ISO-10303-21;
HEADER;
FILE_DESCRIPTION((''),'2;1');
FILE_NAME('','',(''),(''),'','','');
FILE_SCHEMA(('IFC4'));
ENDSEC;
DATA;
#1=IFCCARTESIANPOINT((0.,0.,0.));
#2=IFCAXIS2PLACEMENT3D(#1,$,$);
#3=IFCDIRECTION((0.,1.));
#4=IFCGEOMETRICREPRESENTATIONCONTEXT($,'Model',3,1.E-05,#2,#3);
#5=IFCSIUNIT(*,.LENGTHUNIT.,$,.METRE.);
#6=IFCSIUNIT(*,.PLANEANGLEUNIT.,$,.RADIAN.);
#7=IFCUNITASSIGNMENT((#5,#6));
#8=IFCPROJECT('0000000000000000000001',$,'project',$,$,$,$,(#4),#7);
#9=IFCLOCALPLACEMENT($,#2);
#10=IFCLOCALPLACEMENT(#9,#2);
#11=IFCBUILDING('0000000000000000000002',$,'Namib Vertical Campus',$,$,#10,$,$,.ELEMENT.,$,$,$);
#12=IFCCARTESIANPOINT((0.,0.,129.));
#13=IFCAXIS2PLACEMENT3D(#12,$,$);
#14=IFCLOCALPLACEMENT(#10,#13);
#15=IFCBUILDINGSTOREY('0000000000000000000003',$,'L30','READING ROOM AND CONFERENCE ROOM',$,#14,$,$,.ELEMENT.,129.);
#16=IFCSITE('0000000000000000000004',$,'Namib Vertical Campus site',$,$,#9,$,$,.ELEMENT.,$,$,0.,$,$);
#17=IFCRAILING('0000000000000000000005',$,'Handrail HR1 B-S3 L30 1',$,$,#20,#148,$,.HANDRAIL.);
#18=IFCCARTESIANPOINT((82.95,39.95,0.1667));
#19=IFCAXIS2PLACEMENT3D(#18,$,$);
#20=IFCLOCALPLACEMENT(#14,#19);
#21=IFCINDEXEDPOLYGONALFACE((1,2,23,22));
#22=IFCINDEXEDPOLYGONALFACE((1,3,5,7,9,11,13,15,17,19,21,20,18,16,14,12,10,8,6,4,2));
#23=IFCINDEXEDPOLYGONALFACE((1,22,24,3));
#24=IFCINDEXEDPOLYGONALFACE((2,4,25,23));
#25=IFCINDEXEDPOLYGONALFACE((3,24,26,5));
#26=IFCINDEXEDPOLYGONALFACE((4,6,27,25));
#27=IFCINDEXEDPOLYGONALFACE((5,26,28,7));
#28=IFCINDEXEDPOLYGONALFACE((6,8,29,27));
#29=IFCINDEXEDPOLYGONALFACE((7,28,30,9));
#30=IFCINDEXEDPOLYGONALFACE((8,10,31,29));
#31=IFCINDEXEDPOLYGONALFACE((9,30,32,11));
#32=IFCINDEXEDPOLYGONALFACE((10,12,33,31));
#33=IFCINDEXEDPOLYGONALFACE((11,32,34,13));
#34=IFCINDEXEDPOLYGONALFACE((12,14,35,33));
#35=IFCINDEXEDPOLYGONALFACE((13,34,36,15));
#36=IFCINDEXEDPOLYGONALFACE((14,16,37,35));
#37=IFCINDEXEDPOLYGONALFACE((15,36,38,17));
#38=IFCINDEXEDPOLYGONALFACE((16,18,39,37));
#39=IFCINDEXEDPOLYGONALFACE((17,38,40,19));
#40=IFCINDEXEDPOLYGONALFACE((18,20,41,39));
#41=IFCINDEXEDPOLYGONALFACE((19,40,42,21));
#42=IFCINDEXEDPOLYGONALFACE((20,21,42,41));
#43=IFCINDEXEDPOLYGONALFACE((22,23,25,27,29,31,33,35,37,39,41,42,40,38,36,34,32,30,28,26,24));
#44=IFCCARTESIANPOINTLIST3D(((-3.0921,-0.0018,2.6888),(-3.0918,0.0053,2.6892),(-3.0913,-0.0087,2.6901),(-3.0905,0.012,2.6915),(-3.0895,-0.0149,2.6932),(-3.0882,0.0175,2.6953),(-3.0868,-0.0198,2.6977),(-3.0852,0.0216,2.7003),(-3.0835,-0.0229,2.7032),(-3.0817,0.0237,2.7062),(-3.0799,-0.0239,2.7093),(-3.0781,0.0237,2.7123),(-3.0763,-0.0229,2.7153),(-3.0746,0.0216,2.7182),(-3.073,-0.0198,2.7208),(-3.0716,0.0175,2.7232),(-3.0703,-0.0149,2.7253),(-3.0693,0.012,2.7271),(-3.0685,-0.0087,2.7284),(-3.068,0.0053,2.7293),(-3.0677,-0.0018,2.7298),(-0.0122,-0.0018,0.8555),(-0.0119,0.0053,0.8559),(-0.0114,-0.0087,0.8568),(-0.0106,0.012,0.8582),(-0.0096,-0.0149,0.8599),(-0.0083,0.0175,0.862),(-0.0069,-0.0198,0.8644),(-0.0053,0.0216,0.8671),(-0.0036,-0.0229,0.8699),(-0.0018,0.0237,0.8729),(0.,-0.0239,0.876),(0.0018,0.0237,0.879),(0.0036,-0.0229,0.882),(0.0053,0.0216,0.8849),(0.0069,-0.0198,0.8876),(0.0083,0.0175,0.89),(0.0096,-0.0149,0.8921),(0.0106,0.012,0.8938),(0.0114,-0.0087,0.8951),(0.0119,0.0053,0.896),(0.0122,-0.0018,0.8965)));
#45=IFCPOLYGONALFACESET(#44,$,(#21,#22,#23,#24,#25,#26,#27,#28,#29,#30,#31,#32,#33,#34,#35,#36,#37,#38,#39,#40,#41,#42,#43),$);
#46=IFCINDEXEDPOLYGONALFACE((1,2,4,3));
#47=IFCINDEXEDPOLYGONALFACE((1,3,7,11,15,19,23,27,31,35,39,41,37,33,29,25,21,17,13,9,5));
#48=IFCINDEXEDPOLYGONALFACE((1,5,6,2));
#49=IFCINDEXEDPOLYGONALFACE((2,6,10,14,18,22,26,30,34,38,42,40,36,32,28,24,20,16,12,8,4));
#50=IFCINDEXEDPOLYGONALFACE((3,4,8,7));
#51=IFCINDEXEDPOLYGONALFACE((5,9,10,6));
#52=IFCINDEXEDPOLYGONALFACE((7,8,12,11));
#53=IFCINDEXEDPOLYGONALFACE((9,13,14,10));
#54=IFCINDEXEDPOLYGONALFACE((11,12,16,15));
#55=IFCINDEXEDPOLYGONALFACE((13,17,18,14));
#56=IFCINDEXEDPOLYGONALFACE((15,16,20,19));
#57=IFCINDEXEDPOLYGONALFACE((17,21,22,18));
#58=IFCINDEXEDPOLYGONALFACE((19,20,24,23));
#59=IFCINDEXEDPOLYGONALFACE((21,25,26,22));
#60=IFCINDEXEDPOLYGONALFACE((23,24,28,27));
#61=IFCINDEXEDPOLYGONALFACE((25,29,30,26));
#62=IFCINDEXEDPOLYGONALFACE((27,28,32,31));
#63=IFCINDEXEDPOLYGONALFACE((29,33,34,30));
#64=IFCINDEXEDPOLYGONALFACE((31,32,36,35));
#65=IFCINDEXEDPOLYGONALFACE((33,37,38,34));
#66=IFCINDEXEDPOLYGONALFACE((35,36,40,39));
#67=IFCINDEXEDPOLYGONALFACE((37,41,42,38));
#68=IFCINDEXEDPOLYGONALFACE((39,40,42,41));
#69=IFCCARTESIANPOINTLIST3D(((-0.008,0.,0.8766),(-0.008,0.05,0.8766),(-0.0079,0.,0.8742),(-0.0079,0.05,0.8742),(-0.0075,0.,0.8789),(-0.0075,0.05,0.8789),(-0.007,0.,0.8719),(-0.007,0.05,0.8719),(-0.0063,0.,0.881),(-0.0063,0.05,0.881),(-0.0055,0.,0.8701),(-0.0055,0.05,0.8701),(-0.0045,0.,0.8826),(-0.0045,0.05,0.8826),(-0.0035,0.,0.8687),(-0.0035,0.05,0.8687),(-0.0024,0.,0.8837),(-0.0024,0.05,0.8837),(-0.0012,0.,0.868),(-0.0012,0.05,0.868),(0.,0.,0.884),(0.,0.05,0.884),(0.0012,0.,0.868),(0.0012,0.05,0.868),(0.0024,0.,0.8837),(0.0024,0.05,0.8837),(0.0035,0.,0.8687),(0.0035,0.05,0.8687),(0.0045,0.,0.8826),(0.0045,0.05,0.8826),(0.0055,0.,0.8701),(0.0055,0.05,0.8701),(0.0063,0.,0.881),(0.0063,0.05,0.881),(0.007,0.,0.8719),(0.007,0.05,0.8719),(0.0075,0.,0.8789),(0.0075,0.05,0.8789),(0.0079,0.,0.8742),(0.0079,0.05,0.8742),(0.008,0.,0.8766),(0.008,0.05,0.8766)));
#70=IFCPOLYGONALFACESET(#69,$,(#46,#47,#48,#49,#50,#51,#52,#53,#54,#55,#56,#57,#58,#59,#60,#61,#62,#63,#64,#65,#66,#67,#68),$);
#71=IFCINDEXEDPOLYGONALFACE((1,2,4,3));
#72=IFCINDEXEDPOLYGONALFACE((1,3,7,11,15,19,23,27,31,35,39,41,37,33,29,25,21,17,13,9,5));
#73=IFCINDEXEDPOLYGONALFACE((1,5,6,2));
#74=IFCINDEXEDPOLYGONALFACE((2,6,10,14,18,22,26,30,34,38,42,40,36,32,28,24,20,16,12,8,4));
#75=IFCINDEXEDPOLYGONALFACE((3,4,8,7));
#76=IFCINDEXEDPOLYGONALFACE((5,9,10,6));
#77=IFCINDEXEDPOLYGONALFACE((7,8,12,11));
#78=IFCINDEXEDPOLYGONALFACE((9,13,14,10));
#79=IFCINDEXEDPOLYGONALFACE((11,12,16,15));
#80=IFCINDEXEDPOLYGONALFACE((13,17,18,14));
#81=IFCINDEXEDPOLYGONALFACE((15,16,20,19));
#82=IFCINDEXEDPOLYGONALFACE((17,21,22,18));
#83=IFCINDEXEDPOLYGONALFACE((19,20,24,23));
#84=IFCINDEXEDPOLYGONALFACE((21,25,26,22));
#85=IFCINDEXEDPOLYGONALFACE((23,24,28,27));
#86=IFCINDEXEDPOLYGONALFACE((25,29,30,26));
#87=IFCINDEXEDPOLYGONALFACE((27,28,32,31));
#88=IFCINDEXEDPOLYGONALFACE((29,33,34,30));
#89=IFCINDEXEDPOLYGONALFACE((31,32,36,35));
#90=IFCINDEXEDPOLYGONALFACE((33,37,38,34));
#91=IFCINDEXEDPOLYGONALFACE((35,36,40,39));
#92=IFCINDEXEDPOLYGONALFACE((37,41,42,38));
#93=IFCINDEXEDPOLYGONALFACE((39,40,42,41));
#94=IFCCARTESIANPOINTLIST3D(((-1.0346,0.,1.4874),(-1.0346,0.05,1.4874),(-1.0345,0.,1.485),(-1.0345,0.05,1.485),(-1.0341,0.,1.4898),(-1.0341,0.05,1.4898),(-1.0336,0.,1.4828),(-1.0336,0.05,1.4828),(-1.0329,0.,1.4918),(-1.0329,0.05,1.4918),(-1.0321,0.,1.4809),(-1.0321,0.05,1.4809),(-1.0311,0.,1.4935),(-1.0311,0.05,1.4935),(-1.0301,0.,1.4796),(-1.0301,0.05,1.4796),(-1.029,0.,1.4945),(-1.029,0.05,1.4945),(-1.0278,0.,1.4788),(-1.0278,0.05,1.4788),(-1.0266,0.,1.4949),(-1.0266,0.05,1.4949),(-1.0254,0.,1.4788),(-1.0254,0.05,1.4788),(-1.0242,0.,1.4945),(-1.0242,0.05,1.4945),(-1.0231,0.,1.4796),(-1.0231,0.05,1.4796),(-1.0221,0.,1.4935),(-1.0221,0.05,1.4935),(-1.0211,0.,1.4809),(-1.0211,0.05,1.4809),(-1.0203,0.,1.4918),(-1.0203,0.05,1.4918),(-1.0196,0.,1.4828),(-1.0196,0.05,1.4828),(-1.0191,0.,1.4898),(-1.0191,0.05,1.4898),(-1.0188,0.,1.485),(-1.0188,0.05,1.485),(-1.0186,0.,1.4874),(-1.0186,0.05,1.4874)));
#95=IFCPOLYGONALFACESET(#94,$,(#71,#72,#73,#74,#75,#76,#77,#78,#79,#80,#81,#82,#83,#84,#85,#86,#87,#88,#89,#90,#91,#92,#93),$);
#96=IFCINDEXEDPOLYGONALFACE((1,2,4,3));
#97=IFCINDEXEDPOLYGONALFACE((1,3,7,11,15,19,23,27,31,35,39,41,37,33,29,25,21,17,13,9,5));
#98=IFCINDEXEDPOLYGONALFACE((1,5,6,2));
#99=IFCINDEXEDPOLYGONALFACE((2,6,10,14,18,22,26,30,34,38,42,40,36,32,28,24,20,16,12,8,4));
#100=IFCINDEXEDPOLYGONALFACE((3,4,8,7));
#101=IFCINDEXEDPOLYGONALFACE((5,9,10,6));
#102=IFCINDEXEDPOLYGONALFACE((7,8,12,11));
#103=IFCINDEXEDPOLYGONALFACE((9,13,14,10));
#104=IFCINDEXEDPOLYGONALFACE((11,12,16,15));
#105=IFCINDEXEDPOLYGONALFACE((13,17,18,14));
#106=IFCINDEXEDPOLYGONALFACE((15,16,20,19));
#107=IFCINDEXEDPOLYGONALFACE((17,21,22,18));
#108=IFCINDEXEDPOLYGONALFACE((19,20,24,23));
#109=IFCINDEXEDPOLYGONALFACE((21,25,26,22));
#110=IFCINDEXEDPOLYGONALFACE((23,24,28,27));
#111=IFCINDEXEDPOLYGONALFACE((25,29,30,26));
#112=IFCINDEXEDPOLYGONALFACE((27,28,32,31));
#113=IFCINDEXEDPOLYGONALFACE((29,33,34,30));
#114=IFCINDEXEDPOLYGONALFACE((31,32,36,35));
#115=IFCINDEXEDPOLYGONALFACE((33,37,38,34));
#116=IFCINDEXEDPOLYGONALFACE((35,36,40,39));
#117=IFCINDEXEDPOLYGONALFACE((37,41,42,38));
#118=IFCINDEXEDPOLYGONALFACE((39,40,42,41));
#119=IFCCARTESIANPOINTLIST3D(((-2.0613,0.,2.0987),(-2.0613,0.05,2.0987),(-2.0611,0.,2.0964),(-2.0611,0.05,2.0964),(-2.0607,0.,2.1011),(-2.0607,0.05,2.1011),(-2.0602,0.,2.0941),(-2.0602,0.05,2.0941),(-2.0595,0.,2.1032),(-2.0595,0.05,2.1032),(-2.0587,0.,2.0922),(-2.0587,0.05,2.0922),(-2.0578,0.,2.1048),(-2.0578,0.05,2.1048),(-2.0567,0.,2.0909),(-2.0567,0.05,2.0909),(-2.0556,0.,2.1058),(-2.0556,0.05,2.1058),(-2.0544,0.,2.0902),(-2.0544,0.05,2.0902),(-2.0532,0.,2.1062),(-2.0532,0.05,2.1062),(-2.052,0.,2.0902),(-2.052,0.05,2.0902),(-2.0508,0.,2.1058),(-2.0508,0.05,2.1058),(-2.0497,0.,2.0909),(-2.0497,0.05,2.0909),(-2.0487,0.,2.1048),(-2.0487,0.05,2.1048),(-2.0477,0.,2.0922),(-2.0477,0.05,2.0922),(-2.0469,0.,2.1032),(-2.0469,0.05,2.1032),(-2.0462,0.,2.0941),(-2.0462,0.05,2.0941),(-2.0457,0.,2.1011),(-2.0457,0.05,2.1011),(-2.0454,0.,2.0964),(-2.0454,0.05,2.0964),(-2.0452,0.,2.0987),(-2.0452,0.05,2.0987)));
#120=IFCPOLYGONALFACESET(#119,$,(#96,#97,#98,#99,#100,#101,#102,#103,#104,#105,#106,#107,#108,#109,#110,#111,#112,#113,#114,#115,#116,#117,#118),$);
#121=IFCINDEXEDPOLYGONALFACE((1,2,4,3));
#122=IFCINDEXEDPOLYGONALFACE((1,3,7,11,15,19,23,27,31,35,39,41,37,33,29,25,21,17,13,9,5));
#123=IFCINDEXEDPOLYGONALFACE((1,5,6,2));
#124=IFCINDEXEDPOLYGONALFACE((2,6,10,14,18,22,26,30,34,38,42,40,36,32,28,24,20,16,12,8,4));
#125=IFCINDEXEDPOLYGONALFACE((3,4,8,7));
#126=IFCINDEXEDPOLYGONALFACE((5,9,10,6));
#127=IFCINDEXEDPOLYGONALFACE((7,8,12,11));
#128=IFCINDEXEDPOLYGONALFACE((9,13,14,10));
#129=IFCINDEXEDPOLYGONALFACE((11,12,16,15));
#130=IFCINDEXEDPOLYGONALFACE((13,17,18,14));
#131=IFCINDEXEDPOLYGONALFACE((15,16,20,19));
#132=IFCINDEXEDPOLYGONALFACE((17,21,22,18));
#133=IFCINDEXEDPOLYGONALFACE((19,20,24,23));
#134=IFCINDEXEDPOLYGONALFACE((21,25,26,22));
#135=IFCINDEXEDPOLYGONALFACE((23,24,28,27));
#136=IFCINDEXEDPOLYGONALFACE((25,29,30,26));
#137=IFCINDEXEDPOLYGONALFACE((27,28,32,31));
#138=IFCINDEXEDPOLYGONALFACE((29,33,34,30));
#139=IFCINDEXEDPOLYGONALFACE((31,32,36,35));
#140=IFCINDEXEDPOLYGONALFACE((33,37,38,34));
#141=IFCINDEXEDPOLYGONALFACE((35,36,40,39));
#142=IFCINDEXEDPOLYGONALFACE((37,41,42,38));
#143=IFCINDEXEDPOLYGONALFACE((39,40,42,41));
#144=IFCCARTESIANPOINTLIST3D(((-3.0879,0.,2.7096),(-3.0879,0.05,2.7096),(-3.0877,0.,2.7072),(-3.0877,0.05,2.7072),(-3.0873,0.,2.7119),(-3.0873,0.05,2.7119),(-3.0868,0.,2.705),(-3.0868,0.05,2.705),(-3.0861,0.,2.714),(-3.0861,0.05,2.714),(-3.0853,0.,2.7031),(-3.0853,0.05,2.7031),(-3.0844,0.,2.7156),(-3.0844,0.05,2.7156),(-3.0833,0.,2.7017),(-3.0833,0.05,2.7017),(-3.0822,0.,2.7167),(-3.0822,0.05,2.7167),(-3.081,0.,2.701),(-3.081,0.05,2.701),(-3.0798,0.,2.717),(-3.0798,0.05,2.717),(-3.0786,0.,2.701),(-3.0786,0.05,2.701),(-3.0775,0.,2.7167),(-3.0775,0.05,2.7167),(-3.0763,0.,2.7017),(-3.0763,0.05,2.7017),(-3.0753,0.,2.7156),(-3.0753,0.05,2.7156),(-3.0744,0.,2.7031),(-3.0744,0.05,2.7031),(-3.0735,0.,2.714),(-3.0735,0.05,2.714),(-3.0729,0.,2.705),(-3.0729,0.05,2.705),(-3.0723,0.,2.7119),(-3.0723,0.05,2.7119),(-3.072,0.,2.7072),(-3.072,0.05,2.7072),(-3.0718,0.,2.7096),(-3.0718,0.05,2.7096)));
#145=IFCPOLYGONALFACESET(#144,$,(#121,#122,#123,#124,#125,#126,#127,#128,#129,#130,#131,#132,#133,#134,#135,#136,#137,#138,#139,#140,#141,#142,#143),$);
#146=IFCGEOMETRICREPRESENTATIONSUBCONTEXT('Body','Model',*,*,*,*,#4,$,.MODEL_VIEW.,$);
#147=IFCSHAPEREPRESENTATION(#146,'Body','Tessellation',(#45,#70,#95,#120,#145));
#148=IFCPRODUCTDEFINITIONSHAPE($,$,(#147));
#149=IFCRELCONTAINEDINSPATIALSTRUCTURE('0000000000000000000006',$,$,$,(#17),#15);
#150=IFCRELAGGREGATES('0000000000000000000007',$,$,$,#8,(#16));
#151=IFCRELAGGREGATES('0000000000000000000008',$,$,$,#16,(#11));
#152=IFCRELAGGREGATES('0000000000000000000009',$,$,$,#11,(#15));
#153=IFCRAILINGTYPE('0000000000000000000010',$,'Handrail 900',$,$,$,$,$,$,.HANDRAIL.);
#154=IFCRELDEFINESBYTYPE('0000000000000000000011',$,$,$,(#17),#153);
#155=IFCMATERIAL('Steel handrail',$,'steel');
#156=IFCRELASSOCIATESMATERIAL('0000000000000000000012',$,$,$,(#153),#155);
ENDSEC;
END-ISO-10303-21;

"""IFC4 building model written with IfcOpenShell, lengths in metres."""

from ifc_helpers import new_model, si_unit, direction, frame, origin, origin_2d, place, context, subcontext, project, spatial, circle, extrude, material, type_object, element, save


model = new_model("IFC4")

# Units and contexts
model_context = context("Model", 3, precision=1e-05, world=origin(), true_north=direction((0.0, 1.0)))
body_context = subcontext(model_context, "Body", "Model", "MODEL_VIEW")
ifc_project = project(units=[si_unit("LENGTHUNIT", "METRE"), si_unit("PLANEANGLEUNIT", "RADIAN")], contexts=[model_context])

# Site, building, storey
site_placement = place(None, origin())
site = spatial("IfcSite", under=ifc_project, at=site_placement, Name="Namib Vertical Campus site", CompositionType="ELEMENT", RefElevation=0.0)
building_placement = place(site_placement, origin())
building = spatial("IfcBuilding", under=site, at=building_placement, Name="Namib Vertical Campus", CompositionType="ELEMENT")
storey_placement = place(building_placement, frame((0.0, 0.0, 129.0)))
storey = spatial("IfcBuildingStorey", under=building, at=storey_placement, Name="L30", Description="READING ROOM AND CONFERENCE ROOM", CompositionType="ELEMENT", Elevation=129.0)

# Railing
ifc_material_1 = material(Name="Steel handrail", Category="steel")
railing_type_1 = type_object("IfcRailingType", Name="Handrail 900", PredefinedType="HANDRAIL", material=ifc_material_1)
railing_1_placement = place(storey_placement, frame((82.95, 39.95, 0.1667)))
element("IfcRailing", 1, at=railing_1_placement, inside=storey, type_object=railing_type_1, Name="Handrail HR1 B-S3 L30 1", PredefinedType="HANDRAIL", context=body_context, shape_type="SweptSolid", body=[
    extrude(circle(Radius=0.0239, at=origin_2d()), frame((0.0, 0.0, 0.876), z_axis=(-0.859291, 0.0, 0.511487), x_axis=(0.0, -1.0, 0.0)), (0.0, 0.0, 1.0), 3.5842),
    extrude(circle(Radius=0.0081, at=origin_2d()), frame((0.0, 0.0, 0.876), z_axis=(0.0, 1.0, 0.0), x_axis=(0.0, 0.0, 1.0)), (0.0, 0.0, 1.0), 0.05),
    extrude(circle(Radius=0.0081, at=origin_2d()), frame((-1.0266, 0.0, 1.4868), z_axis=(0.0, 1.0, 0.0), x_axis=(0.0, 0.0, 1.0)), (0.0, 0.0, 1.0), 0.05),
    extrude(circle(Radius=0.0081, at=origin_2d()), frame((-2.0532, 0.0, 2.0981), z_axis=(0.0, 1.0, 0.0), x_axis=(0.0, 0.0, 1.0)), (0.0, 0.0, 1.0), 0.05),
    extrude(circle(Radius=0.0081, at=origin_2d()), frame((-3.0798, 0.0, 2.709), z_axis=(0.0, 1.0, 0.0), x_axis=(0.0, 0.0, 1.0)), (0.0, 0.0, 1.0), 0.05),
])

save(model, "model.ifc")
